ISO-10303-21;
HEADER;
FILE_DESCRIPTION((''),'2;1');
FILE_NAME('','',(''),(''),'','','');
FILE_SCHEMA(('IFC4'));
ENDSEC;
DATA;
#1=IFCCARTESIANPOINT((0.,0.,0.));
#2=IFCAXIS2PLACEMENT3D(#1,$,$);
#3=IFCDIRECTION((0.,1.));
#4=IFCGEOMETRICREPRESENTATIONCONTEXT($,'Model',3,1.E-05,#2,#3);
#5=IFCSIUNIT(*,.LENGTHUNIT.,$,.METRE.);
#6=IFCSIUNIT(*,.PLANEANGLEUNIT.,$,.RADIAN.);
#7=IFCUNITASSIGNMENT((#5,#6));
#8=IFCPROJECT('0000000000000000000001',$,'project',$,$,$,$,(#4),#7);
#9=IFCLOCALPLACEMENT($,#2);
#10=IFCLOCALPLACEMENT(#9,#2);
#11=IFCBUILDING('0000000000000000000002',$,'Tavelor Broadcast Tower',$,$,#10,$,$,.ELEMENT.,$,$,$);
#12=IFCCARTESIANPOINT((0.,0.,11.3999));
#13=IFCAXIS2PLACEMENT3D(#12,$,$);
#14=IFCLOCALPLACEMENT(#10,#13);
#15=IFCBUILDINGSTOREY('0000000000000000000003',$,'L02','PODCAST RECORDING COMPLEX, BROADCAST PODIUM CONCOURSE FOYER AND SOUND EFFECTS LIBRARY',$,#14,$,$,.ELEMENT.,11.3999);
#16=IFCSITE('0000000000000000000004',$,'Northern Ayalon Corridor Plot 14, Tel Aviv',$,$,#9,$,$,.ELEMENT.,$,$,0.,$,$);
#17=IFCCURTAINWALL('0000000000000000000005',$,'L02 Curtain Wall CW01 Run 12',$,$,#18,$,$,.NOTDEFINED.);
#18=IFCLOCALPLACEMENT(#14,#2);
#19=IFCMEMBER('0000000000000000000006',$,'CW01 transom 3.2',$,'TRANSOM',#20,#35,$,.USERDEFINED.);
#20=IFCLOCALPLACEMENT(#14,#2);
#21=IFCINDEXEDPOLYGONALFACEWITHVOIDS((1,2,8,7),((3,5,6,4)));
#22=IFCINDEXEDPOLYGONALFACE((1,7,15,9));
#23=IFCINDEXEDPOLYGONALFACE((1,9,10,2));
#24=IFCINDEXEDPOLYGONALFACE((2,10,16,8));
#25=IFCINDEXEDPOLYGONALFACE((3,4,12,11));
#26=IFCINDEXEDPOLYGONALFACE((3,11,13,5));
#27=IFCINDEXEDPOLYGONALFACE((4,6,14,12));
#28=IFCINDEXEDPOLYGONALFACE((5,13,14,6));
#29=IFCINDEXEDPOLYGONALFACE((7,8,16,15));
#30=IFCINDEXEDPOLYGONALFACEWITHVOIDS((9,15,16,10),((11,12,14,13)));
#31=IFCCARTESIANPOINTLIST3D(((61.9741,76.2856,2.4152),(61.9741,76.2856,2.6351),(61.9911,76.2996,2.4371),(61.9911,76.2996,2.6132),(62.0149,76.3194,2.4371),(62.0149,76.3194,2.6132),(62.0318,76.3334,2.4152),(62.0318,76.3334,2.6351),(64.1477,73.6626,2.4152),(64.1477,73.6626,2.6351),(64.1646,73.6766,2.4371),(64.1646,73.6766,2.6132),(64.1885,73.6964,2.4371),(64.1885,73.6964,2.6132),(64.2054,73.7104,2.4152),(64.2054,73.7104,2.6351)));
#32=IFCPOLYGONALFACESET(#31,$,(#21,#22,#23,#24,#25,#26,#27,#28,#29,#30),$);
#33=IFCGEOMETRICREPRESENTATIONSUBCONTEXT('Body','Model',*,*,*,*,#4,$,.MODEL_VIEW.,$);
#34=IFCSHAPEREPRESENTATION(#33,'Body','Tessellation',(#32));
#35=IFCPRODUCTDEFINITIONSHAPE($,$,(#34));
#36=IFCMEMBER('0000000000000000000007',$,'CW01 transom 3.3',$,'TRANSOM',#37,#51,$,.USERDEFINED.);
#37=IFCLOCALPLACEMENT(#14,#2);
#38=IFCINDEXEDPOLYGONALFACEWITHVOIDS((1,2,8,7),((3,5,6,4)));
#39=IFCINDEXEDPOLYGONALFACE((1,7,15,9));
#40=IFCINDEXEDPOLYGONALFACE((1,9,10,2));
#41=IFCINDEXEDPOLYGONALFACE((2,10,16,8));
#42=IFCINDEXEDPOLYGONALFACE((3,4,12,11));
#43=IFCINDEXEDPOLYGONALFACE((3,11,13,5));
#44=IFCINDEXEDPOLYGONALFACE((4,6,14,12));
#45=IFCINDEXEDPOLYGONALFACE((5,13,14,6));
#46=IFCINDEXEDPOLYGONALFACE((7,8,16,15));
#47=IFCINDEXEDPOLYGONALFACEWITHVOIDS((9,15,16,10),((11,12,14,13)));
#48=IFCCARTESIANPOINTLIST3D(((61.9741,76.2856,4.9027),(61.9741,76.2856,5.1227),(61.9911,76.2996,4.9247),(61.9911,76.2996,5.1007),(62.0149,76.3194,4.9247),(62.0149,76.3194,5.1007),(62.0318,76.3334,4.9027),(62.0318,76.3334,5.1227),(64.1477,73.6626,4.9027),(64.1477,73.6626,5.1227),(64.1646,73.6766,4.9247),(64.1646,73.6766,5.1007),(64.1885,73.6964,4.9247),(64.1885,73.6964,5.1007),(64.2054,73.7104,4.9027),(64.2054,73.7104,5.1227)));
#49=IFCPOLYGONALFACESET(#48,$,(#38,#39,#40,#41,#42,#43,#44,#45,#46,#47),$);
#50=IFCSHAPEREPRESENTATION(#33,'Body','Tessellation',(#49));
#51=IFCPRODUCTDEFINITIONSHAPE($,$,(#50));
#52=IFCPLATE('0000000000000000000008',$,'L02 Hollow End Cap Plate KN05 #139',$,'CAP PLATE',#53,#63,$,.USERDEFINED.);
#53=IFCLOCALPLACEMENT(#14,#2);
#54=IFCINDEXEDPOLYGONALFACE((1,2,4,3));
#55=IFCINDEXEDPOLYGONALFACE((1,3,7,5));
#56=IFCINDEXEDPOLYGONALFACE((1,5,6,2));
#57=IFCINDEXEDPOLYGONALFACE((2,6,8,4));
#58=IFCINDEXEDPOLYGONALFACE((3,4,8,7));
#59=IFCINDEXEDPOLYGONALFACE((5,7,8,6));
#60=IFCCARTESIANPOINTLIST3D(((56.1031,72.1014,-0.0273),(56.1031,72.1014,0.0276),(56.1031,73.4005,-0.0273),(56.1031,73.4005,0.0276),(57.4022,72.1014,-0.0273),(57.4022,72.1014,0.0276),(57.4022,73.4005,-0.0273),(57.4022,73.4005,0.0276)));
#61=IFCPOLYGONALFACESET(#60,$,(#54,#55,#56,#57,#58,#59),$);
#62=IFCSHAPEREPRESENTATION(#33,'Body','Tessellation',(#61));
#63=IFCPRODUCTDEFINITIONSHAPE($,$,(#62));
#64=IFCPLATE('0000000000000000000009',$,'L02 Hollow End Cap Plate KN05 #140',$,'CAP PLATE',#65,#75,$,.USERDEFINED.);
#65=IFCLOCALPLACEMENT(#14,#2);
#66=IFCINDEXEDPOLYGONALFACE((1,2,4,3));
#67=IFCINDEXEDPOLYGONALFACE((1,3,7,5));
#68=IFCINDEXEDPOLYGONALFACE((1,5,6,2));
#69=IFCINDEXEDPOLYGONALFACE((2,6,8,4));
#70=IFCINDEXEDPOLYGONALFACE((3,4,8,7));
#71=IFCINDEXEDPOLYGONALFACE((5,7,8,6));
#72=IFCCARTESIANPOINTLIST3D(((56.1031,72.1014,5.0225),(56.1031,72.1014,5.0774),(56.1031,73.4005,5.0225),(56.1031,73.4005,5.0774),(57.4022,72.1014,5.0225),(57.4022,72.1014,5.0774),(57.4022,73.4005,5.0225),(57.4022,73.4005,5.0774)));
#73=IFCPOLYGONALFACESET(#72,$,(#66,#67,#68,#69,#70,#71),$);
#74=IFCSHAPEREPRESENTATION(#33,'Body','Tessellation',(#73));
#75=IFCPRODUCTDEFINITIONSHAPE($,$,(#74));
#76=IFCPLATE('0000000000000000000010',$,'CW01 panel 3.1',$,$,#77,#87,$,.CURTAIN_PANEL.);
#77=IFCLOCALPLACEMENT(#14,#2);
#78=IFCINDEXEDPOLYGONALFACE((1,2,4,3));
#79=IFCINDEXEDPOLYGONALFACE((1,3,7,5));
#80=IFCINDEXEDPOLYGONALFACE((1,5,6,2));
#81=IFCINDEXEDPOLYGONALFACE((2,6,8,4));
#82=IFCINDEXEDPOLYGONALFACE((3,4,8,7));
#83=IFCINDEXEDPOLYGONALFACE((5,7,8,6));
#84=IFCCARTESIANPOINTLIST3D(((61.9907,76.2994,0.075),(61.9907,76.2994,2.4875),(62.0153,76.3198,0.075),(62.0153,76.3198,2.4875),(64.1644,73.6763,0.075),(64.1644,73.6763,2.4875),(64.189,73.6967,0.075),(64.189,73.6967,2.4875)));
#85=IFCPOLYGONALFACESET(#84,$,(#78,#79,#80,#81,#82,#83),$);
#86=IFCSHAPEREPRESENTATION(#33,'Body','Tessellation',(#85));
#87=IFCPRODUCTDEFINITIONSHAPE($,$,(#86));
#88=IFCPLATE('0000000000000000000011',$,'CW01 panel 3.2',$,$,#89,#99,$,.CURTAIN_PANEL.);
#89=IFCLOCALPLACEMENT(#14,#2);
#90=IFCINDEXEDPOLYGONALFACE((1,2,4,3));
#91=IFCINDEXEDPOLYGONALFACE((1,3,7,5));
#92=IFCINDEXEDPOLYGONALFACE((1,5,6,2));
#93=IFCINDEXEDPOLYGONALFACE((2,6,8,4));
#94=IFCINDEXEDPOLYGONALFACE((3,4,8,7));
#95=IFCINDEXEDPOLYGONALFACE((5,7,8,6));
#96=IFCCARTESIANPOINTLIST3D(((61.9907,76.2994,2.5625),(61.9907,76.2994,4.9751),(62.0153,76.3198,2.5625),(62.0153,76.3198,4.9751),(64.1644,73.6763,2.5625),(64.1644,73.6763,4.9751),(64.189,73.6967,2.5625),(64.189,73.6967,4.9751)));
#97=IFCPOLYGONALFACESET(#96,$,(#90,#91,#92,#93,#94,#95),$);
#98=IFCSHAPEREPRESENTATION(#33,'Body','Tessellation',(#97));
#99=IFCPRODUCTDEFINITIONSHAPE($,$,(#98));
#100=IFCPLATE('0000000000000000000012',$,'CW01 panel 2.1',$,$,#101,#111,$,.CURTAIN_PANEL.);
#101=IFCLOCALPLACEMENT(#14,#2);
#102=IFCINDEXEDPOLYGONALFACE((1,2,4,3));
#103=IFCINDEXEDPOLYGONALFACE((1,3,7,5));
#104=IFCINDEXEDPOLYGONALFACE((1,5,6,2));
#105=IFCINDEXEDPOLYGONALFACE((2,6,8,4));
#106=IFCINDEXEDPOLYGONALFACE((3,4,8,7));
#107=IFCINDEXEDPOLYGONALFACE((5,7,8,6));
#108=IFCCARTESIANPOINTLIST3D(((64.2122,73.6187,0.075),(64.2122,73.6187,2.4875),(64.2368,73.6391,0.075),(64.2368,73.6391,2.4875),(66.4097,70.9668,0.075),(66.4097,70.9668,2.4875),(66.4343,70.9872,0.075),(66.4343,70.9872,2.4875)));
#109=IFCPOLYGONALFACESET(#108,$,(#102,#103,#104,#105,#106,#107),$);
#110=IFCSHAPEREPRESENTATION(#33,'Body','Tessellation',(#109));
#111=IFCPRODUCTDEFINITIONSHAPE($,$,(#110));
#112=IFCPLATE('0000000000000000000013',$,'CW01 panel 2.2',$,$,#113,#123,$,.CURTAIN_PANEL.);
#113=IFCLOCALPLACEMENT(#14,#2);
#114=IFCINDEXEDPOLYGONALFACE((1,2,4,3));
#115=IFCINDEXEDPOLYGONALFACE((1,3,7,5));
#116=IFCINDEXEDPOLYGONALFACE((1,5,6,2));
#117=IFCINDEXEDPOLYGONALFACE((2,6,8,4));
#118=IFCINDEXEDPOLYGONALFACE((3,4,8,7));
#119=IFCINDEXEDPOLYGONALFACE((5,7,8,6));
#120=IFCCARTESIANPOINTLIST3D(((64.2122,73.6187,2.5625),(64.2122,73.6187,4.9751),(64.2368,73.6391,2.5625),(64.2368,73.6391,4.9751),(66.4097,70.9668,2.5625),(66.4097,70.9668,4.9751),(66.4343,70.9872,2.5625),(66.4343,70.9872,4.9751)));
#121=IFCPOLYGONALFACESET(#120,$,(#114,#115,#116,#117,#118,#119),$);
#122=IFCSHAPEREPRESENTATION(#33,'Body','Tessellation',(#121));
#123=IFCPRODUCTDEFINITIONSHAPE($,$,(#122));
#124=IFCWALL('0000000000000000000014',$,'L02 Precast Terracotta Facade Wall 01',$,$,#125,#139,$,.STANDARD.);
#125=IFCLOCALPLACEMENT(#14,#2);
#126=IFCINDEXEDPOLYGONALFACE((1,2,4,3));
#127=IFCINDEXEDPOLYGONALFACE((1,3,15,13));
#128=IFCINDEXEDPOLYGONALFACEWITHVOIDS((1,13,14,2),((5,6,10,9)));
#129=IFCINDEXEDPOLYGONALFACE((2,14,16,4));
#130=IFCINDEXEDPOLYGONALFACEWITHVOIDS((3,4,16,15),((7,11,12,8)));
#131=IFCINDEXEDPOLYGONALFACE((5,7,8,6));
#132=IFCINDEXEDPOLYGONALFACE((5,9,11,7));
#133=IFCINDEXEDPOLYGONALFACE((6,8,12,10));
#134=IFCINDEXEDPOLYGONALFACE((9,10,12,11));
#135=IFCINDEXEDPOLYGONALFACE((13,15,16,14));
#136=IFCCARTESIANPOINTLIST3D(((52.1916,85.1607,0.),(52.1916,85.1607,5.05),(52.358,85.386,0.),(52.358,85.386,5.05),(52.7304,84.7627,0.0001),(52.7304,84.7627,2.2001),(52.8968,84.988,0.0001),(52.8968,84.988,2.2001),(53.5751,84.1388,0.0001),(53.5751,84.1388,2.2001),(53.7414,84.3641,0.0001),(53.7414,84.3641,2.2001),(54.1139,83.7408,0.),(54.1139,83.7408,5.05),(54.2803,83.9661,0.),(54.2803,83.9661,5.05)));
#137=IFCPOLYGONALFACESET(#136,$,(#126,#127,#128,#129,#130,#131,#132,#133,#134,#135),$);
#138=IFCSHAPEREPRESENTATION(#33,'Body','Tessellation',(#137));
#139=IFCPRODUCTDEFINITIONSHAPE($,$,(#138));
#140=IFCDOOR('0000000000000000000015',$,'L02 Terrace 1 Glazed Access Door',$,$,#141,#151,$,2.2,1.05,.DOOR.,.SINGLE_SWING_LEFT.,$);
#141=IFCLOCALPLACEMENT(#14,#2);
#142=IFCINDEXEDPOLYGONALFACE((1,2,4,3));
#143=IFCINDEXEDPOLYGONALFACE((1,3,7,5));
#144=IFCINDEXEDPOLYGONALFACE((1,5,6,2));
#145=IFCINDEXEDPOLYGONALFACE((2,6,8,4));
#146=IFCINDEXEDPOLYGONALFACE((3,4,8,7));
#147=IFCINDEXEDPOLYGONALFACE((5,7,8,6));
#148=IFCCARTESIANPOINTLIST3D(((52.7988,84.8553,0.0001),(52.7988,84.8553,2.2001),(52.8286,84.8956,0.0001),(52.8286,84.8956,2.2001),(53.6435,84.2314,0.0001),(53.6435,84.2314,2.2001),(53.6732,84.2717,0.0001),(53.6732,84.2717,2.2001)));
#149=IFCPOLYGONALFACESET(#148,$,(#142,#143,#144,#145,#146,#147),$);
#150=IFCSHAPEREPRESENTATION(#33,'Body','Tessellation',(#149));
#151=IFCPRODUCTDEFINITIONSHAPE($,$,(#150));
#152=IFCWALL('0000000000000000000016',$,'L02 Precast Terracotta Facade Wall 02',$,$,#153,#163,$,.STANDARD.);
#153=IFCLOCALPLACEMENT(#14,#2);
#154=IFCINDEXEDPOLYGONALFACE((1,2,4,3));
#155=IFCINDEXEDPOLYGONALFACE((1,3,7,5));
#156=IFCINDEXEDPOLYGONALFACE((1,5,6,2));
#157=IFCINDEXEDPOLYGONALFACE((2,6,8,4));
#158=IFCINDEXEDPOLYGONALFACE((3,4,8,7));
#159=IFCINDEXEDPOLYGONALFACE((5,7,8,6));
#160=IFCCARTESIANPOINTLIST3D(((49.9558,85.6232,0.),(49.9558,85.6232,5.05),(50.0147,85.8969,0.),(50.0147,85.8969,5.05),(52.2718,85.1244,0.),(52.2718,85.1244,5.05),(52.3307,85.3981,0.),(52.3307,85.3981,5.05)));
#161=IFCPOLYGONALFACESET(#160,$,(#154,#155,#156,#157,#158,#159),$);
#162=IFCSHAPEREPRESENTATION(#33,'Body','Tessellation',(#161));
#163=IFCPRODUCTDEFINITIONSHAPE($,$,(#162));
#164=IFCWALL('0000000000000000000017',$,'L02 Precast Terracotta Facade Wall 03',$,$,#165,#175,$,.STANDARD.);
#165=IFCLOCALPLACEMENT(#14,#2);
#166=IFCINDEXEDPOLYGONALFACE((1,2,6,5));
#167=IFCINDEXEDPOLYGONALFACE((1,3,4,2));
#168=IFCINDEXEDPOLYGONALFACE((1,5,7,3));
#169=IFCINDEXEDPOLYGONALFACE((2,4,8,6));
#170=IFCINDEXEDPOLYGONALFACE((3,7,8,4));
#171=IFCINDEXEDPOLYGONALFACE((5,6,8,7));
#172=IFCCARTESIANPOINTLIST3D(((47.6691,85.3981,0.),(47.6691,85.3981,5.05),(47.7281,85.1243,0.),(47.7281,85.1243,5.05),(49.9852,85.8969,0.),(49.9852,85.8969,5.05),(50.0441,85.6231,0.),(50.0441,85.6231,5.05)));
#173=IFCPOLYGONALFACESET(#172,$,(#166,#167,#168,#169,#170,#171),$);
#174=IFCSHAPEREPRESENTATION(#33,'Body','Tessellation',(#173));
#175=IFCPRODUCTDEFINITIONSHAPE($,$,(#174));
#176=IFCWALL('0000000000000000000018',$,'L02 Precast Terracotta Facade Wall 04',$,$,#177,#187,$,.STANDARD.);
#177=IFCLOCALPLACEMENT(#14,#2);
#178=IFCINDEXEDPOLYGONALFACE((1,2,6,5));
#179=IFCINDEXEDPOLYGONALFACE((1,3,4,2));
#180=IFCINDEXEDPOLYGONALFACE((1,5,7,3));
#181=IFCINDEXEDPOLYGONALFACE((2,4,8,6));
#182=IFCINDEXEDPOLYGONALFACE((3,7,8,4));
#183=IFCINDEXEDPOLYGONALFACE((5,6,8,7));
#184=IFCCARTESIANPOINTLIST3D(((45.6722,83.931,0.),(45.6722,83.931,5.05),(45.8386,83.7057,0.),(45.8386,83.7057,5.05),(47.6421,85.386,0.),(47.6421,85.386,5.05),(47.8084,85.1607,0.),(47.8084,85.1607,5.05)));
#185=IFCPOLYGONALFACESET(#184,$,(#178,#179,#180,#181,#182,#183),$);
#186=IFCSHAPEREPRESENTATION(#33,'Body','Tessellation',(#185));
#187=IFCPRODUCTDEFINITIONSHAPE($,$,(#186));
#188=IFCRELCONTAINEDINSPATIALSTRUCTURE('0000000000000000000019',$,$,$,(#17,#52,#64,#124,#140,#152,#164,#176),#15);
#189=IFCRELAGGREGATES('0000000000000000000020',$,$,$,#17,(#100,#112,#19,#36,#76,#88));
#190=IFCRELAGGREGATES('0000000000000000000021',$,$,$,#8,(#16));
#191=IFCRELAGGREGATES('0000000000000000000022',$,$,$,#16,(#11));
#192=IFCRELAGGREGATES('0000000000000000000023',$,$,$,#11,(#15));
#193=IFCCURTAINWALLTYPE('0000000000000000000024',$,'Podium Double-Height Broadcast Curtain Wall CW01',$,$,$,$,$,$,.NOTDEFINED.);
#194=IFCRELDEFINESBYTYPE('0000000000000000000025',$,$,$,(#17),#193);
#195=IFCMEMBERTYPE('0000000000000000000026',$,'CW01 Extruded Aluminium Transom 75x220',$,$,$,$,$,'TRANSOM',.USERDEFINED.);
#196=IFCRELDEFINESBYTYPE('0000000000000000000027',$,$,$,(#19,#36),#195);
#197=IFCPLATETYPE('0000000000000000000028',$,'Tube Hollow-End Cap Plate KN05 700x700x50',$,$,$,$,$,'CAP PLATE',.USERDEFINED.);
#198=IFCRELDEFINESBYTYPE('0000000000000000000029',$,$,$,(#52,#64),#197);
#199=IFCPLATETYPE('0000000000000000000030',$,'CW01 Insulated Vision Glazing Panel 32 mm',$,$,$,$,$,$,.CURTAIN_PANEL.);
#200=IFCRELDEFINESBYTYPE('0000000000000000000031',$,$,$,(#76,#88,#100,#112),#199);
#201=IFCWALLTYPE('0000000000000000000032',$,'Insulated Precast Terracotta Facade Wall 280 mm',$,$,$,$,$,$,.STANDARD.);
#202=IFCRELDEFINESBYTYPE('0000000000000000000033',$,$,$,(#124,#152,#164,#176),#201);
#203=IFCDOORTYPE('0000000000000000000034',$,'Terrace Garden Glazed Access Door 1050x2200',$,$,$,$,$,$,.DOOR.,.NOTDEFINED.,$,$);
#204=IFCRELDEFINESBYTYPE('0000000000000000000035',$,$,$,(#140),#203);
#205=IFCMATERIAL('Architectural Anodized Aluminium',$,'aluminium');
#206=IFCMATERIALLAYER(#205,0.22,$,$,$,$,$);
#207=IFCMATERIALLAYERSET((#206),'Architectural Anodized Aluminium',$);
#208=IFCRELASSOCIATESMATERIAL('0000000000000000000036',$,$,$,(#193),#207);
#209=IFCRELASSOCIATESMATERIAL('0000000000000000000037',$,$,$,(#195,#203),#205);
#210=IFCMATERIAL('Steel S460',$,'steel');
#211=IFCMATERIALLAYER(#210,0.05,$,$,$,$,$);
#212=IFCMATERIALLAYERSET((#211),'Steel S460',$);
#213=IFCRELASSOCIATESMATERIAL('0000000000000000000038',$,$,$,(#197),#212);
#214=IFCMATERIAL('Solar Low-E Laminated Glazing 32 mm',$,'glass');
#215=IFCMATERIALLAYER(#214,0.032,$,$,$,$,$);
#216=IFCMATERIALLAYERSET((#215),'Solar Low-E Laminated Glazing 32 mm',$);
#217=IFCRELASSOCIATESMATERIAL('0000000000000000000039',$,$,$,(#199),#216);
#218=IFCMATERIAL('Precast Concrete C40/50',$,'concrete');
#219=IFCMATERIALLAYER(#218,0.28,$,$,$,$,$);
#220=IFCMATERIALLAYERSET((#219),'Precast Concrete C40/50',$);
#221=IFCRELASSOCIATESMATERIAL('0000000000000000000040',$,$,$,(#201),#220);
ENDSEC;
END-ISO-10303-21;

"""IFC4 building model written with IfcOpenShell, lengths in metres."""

from ifc_helpers import new_model, si_unit, direction, frame, frame_2d, origin, origin_2d, place, context, subcontext, project, spatial, rectangle, hollow_rectangle, extrude, source, transform, mapped, material, layer, layer_set, material_profile, profile_set, type_object, type_shapes, element, fill, aggregate, save


model = new_model("IFC4")

# Units and contexts
model_context = context("Model", 3, precision=1e-05, world=origin(), true_north=direction((0.0, 1.0)))
body_context = subcontext(model_context, "Body", "Model", "MODEL_VIEW")
ifc_project = project(units=[si_unit("LENGTHUNIT", "METRE"), si_unit("PLANEANGLEUNIT", "RADIAN")], contexts=[model_context])

# Site, building, storey
site_placement = place(None, origin())
site = spatial("IfcSite", under=ifc_project, at=site_placement, Name="Northern Ayalon Corridor Plot 14, Tel Aviv", CompositionType="ELEMENT", RefElevation=0.0)
building_placement = place(site_placement, origin())
building = spatial("IfcBuilding", under=site, at=building_placement, Name="Tavelor Broadcast Tower", CompositionType="ELEMENT")
storey_placement = place(building_placement, frame((0.0, 0.0, 11.3999)))
storey = spatial("IfcBuildingStorey", under=building, at=storey_placement, Name="L02", Description="PODCAST RECORDING COMPLEX, BROADCAST PODIUM CONCOURSE FOYER AND SOUND EFFECTS LIBRARY", CompositionType="ELEMENT", Elevation=11.3999)

# Shared definitions
ifc_material_1 = material(Name="Steel S460", Category="steel")

# Curtain wall, members
ifc_material_2 = material(Name="Architectural Anodized Aluminium", Category="aluminium")
ifc_layer_1 = layer(ifc_material_2, 0.22)
ifc_layer_set_1 = layer_set([ifc_layer_1], Name="Architectural Anodized Aluminium")
curtain_wall_type = type_object("IfcCurtainWallType", Name="Podium Double-Height Broadcast Curtain Wall CW01", PredefinedType="NOTDEFINED", material=ifc_layer_set_1)
curtain_wall_placement = place(storey_placement, origin())
curtain_wall = element("IfcCurtainWall", 1, at=curtain_wall_placement, inside=storey, type_object=curtain_wall_type, Name="L02 Curtain Wall CW01 Run 12", PredefinedType="NOTDEFINED")
ifc_material_profile_1 = material_profile(ifc_material_2, hollow_rectangle(XDim=0.075, YDim=0.22, WallThickness=0.022, at=origin_2d()), Name="RHS 75x220x22")
ifc_profile_set_1 = profile_set([ifc_material_profile_1], Name="Architectural Anodized Aluminium")
member_type_1 = type_object("IfcMemberType", Name="CW01 Extruded Aluminium Transom 75x220", ElementType="TRANSOM", PredefinedType="USERDEFINED", material=ifc_profile_set_1)
shared_shape_1 = source(origin(), body_context, "Body", "SweptSolid", [
    extrude(hollow_rectangle(XDim=0.075, YDim=0.22, WallThickness=0.022, at=origin_2d()), origin(), (0.0, 0.0, 1.0), 3.4065),
])
member_1_placement = place(storey_placement, frame((64.1765, 73.6865, 2.5251), z_axis=(-0.638053, 0.769992, 0.0), x_axis=(-0.769992, -0.638053, 0.0)))
member_1 = element("IfcMember", 2, at=member_1_placement, type_object=member_type_1, Name="CW01 transom 3.2", ObjectType="TRANSOM", PredefinedType="USERDEFINED", context=body_context, shape_type="MappedRepresentation", body=[
    mapped(shared_shape_1, transform((0.0, 0.0, 0.0), scale=1.0)),
])
member_2_placement = place(storey_placement, frame((64.1765, 73.6865, 5.0127), z_axis=(-0.638053, 0.769992, 0.0), x_axis=(-0.769992, -0.638053, 0.0)))
member_2 = element("IfcMember", 3, at=member_2_placement, type_object=member_type_1, Name="CW01 transom 3.3", ObjectType="TRANSOM", PredefinedType="USERDEFINED", context=body_context, shape_type="MappedRepresentation", body=[
    mapped(shared_shape_1, transform((0.0, 0.0, 0.0), scale=1.0)),
])

# Plates
ifc_layer_2 = layer(ifc_material_1, 0.05)
ifc_layer_set_2 = layer_set([ifc_layer_2], Name="Steel S460")
plate_type_1 = type_object("IfcPlateType", Name="Tube Hollow-End Cap Plate KN05 700x700x50", ElementType="CAP PLATE", PredefinedType="USERDEFINED", material=ifc_layer_set_2)
shared_shape_2 = source(origin(), body_context, "Body", "SweptSolid", [
    extrude(rectangle(XDim=1.2991, YDim=1.2991, at=origin_2d()), origin(), (0.0, 0.0, 1.0), 0.0549),
])
type_shapes(plate_type_1, [shared_shape_2])
for number, where, z_axis, x_axis, name in (
    (4, (56.7527, 72.751, -0.0273), (0.0, 0.0, 1.0), (1.0, 0.0, 0.0), "L02 Hollow End Cap Plate KN05 #139"),
    (5, (56.7527, 72.751, 5.0225), (0.0, 0.0, 1.0), (1.0, 0.0, 0.0), "L02 Hollow End Cap Plate KN05 #140"),
):
    element("IfcPlate", number, at=place(storey_placement, frame(where, z_axis=z_axis, x_axis=x_axis)), inside=storey, type_object=plate_type_1, Name=name, ObjectType="CAP PLATE", PredefinedType="USERDEFINED", context=body_context, shape_type="MappedRepresentation", body=[
        mapped(shared_shape_2, transform((0.0, 0.0, 0.0), scale=1.0)),
    ])

# Plates
ifc_material_3 = material(Name="Solar Low-E Laminated Glazing 32 mm", Category="glass")
ifc_layer_3 = layer(ifc_material_3, 0.032)
ifc_layer_set_3 = layer_set([ifc_layer_3], Name="Solar Low-E Laminated Glazing 32 mm")
plate_type_2 = type_object("IfcPlateType", Name="CW01 Insulated Vision Glazing Panel 32 mm", PredefinedType="CURTAIN_PANEL", material=ifc_layer_set_3)
shared_shape_3 = source(origin(), body_context, "Body", "SweptSolid", [
    extrude(rectangle(XDim=3.4067, YDim=0.032, at=origin_2d()), origin(), (0.0, 0.0, 1.0), 2.4126),
])
plate_1_placement = place(storey_placement, frame((63.0898, 74.998, 0.075), z_axis=(0.0, 0.0, 1.0), x_axis=(-0.638065, 0.769982, 0.0)))
plate_1 = element("IfcPlate", 6, at=plate_1_placement, type_object=plate_type_2, Name="CW01 panel 3.1", PredefinedType="CURTAIN_PANEL", context=body_context, shape_type="MappedRepresentation", body=[
    mapped(shared_shape_3, transform((0.0, 0.0, 0.0), scale=1.0)),
])
plate_2_placement = place(storey_placement, frame((63.0898, 74.998, 2.5625), z_axis=(0.0, 0.0, 1.0), x_axis=(-0.638065, 0.769982, 0.0)))
plate_2 = element("IfcPlate", 7, at=plate_2_placement, type_object=plate_type_2, Name="CW01 panel 3.2", PredefinedType="CURTAIN_PANEL", context=body_context, shape_type="MappedRepresentation", body=[
    mapped(shared_shape_3, transform((0.0, 0.0, 0.0), scale=1.0)),
])
shared_shape_4 = source(origin(), body_context, "Body", "SweptSolid", [
    extrude(rectangle(XDim=3.4441, YDim=0.032, at=origin_2d()), origin(), (0.0, 0.0, 1.0), 2.4126),
])
type_shapes(plate_type_2, [shared_shape_3, shared_shape_4])
plate_3_placement = place(storey_placement, frame((65.3232, 72.303, 0.075), z_axis=(0.0, 0.0, 1.0), x_axis=(-0.638065, 0.769982, 0.0)))
plate_3 = element("IfcPlate", 8, at=plate_3_placement, type_object=plate_type_2, Name="CW01 panel 2.1", PredefinedType="CURTAIN_PANEL", context=body_context, shape_type="MappedRepresentation", body=[
    mapped(shared_shape_4, transform((0.0, 0.0, 0.0), scale=1.0)),
])
plate_4_placement = place(storey_placement, frame((65.3232, 72.303, 2.5625), z_axis=(0.0, 0.0, 1.0), x_axis=(-0.638065, 0.769982, 0.0)))
plate_4 = element("IfcPlate", 9, at=plate_4_placement, type_object=plate_type_2, Name="CW01 panel 2.2", PredefinedType="CURTAIN_PANEL", context=body_context, shape_type="MappedRepresentation", body=[
    mapped(shared_shape_4, transform((0.0, 0.0, 0.0), scale=1.0)),
])
aggregate(curtain_wall, [plate_3, plate_4, member_1, member_2, plate_1, plate_2])

# Wall, opening, door
ifc_material_4 = material(Name="Precast Concrete C40/50", Category="concrete")
ifc_layer_4 = layer(ifc_material_4, 0.28)
ifc_layer_set_4 = layer_set([ifc_layer_4], Name="Precast Concrete C40/50")
wall_type = type_object("IfcWallType", Name="Insulated Precast Terracotta Facade Wall 280 mm", PredefinedType="STANDARD", material=ifc_layer_set_4)
wall_1_placement = place(storey_placement, frame((54.197, 83.8535, 0.0), z_axis=(0.0, 0.0, 1.0), x_axis=(-0.804367, 0.594133, 0.0)))
wall_1 = element("IfcWall", 10, at=wall_1_placement, inside=storey, type_object=wall_type, Name="L02 Precast Terracotta Facade Wall 01", PredefinedType="STANDARD", context=body_context, shape_type="SweptSolid", body=[
    extrude(rectangle(XDim=2.3899, YDim=0.28, at=frame_2d((1.1948, 0.0))), origin(), (0.0, 0.0, 1.0), 5.05),
])
opening_placement = place(wall_1_placement, frame((0.6699, 0.0, 0.0)))
opening = element("IfcOpeningElement", 11, at=opening_placement, cuts=wall_1, PredefinedType="OPENING", context=body_context, shape_type="SweptSolid", body=[
    extrude(rectangle(XDim=1.05, YDim=2.2, at=frame_2d((0.5249, 1.1001))), frame((0.0, 0.1499, 0.0), z_axis=(0.0, -1.0, 0.0), x_axis=(1.0, 0.0, 0.0)), (0.0, 0.0, 1.0), 0.3),
])
door_type = type_object("IfcDoorType", Name="Terrace Garden Glazed Access Door 1050x2200", OperationType="NOTDEFINED", PredefinedType="DOOR", material=ifc_material_2)
door_placement = place(opening_placement, origin())
door = element("IfcDoor", 12, at=door_placement, inside=storey, type_object=door_type, Name="L02 Terrace 1 Glazed Access Door", OperationType="SINGLE_SWING_LEFT", OverallHeight=2.2, OverallWidth=1.05, PredefinedType="DOOR", context=body_context, shape_type="SweptSolid", body=[
    extrude(rectangle(XDim=1.05, YDim=2.2, at=frame_2d((0.5249, 1.1001))), frame((0.0, 0.0249, 0.0), z_axis=(0.0, -1.0, 0.0), x_axis=(1.0, 0.0, 0.0)), (0.0, 0.0, 1.0), 0.05),
])
fill(opening, door)

# Walls
for number, where, z_axis, x_axis, name in (
    (13, (52.3013, 85.2612, 0.0), (0.0, 0.0, 1.0), (-0.977585, 0.210542, 0.0), "L02 Precast Terracotta Facade Wall 02"),
    (14, (50.0146, 85.76, 0.0), (0.0, 0.0, 1.0), (-0.977585, -0.210542, 0.0), "L02 Precast Terracotta Facade Wall 03"),
):
    element("IfcWall", number, at=place(storey_placement, frame(where, z_axis=z_axis, x_axis=x_axis)), inside=storey, type_object=wall_type, Name=name, PredefinedType="STANDARD", context=body_context, shape_type="SweptSolid", body=[
        extrude(rectangle(XDim=2.3691, YDim=0.28, at=frame_2d((1.1846, 0.0))), origin(), (0.0, 0.0, 1.0), 5.05),
    ])
wall_2_placement = place(storey_placement, frame((47.7253, 85.2734, 0.0), z_axis=(0.0, 0.0, 1.0), x_axis=(-0.804369, -0.59413, 0.0)))
element("IfcWall", 15, at=wall_2_placement, inside=storey, type_object=wall_type, Name="L02 Precast Terracotta Facade Wall 04", PredefinedType="STANDARD", context=body_context, shape_type="SweptSolid", body=[
    extrude(rectangle(XDim=2.449, YDim=0.28, at=frame_2d((1.2246, 0.0))), origin(), (0.0, 0.0, 1.0), 5.05),
])

save(model, "model.ifc")
